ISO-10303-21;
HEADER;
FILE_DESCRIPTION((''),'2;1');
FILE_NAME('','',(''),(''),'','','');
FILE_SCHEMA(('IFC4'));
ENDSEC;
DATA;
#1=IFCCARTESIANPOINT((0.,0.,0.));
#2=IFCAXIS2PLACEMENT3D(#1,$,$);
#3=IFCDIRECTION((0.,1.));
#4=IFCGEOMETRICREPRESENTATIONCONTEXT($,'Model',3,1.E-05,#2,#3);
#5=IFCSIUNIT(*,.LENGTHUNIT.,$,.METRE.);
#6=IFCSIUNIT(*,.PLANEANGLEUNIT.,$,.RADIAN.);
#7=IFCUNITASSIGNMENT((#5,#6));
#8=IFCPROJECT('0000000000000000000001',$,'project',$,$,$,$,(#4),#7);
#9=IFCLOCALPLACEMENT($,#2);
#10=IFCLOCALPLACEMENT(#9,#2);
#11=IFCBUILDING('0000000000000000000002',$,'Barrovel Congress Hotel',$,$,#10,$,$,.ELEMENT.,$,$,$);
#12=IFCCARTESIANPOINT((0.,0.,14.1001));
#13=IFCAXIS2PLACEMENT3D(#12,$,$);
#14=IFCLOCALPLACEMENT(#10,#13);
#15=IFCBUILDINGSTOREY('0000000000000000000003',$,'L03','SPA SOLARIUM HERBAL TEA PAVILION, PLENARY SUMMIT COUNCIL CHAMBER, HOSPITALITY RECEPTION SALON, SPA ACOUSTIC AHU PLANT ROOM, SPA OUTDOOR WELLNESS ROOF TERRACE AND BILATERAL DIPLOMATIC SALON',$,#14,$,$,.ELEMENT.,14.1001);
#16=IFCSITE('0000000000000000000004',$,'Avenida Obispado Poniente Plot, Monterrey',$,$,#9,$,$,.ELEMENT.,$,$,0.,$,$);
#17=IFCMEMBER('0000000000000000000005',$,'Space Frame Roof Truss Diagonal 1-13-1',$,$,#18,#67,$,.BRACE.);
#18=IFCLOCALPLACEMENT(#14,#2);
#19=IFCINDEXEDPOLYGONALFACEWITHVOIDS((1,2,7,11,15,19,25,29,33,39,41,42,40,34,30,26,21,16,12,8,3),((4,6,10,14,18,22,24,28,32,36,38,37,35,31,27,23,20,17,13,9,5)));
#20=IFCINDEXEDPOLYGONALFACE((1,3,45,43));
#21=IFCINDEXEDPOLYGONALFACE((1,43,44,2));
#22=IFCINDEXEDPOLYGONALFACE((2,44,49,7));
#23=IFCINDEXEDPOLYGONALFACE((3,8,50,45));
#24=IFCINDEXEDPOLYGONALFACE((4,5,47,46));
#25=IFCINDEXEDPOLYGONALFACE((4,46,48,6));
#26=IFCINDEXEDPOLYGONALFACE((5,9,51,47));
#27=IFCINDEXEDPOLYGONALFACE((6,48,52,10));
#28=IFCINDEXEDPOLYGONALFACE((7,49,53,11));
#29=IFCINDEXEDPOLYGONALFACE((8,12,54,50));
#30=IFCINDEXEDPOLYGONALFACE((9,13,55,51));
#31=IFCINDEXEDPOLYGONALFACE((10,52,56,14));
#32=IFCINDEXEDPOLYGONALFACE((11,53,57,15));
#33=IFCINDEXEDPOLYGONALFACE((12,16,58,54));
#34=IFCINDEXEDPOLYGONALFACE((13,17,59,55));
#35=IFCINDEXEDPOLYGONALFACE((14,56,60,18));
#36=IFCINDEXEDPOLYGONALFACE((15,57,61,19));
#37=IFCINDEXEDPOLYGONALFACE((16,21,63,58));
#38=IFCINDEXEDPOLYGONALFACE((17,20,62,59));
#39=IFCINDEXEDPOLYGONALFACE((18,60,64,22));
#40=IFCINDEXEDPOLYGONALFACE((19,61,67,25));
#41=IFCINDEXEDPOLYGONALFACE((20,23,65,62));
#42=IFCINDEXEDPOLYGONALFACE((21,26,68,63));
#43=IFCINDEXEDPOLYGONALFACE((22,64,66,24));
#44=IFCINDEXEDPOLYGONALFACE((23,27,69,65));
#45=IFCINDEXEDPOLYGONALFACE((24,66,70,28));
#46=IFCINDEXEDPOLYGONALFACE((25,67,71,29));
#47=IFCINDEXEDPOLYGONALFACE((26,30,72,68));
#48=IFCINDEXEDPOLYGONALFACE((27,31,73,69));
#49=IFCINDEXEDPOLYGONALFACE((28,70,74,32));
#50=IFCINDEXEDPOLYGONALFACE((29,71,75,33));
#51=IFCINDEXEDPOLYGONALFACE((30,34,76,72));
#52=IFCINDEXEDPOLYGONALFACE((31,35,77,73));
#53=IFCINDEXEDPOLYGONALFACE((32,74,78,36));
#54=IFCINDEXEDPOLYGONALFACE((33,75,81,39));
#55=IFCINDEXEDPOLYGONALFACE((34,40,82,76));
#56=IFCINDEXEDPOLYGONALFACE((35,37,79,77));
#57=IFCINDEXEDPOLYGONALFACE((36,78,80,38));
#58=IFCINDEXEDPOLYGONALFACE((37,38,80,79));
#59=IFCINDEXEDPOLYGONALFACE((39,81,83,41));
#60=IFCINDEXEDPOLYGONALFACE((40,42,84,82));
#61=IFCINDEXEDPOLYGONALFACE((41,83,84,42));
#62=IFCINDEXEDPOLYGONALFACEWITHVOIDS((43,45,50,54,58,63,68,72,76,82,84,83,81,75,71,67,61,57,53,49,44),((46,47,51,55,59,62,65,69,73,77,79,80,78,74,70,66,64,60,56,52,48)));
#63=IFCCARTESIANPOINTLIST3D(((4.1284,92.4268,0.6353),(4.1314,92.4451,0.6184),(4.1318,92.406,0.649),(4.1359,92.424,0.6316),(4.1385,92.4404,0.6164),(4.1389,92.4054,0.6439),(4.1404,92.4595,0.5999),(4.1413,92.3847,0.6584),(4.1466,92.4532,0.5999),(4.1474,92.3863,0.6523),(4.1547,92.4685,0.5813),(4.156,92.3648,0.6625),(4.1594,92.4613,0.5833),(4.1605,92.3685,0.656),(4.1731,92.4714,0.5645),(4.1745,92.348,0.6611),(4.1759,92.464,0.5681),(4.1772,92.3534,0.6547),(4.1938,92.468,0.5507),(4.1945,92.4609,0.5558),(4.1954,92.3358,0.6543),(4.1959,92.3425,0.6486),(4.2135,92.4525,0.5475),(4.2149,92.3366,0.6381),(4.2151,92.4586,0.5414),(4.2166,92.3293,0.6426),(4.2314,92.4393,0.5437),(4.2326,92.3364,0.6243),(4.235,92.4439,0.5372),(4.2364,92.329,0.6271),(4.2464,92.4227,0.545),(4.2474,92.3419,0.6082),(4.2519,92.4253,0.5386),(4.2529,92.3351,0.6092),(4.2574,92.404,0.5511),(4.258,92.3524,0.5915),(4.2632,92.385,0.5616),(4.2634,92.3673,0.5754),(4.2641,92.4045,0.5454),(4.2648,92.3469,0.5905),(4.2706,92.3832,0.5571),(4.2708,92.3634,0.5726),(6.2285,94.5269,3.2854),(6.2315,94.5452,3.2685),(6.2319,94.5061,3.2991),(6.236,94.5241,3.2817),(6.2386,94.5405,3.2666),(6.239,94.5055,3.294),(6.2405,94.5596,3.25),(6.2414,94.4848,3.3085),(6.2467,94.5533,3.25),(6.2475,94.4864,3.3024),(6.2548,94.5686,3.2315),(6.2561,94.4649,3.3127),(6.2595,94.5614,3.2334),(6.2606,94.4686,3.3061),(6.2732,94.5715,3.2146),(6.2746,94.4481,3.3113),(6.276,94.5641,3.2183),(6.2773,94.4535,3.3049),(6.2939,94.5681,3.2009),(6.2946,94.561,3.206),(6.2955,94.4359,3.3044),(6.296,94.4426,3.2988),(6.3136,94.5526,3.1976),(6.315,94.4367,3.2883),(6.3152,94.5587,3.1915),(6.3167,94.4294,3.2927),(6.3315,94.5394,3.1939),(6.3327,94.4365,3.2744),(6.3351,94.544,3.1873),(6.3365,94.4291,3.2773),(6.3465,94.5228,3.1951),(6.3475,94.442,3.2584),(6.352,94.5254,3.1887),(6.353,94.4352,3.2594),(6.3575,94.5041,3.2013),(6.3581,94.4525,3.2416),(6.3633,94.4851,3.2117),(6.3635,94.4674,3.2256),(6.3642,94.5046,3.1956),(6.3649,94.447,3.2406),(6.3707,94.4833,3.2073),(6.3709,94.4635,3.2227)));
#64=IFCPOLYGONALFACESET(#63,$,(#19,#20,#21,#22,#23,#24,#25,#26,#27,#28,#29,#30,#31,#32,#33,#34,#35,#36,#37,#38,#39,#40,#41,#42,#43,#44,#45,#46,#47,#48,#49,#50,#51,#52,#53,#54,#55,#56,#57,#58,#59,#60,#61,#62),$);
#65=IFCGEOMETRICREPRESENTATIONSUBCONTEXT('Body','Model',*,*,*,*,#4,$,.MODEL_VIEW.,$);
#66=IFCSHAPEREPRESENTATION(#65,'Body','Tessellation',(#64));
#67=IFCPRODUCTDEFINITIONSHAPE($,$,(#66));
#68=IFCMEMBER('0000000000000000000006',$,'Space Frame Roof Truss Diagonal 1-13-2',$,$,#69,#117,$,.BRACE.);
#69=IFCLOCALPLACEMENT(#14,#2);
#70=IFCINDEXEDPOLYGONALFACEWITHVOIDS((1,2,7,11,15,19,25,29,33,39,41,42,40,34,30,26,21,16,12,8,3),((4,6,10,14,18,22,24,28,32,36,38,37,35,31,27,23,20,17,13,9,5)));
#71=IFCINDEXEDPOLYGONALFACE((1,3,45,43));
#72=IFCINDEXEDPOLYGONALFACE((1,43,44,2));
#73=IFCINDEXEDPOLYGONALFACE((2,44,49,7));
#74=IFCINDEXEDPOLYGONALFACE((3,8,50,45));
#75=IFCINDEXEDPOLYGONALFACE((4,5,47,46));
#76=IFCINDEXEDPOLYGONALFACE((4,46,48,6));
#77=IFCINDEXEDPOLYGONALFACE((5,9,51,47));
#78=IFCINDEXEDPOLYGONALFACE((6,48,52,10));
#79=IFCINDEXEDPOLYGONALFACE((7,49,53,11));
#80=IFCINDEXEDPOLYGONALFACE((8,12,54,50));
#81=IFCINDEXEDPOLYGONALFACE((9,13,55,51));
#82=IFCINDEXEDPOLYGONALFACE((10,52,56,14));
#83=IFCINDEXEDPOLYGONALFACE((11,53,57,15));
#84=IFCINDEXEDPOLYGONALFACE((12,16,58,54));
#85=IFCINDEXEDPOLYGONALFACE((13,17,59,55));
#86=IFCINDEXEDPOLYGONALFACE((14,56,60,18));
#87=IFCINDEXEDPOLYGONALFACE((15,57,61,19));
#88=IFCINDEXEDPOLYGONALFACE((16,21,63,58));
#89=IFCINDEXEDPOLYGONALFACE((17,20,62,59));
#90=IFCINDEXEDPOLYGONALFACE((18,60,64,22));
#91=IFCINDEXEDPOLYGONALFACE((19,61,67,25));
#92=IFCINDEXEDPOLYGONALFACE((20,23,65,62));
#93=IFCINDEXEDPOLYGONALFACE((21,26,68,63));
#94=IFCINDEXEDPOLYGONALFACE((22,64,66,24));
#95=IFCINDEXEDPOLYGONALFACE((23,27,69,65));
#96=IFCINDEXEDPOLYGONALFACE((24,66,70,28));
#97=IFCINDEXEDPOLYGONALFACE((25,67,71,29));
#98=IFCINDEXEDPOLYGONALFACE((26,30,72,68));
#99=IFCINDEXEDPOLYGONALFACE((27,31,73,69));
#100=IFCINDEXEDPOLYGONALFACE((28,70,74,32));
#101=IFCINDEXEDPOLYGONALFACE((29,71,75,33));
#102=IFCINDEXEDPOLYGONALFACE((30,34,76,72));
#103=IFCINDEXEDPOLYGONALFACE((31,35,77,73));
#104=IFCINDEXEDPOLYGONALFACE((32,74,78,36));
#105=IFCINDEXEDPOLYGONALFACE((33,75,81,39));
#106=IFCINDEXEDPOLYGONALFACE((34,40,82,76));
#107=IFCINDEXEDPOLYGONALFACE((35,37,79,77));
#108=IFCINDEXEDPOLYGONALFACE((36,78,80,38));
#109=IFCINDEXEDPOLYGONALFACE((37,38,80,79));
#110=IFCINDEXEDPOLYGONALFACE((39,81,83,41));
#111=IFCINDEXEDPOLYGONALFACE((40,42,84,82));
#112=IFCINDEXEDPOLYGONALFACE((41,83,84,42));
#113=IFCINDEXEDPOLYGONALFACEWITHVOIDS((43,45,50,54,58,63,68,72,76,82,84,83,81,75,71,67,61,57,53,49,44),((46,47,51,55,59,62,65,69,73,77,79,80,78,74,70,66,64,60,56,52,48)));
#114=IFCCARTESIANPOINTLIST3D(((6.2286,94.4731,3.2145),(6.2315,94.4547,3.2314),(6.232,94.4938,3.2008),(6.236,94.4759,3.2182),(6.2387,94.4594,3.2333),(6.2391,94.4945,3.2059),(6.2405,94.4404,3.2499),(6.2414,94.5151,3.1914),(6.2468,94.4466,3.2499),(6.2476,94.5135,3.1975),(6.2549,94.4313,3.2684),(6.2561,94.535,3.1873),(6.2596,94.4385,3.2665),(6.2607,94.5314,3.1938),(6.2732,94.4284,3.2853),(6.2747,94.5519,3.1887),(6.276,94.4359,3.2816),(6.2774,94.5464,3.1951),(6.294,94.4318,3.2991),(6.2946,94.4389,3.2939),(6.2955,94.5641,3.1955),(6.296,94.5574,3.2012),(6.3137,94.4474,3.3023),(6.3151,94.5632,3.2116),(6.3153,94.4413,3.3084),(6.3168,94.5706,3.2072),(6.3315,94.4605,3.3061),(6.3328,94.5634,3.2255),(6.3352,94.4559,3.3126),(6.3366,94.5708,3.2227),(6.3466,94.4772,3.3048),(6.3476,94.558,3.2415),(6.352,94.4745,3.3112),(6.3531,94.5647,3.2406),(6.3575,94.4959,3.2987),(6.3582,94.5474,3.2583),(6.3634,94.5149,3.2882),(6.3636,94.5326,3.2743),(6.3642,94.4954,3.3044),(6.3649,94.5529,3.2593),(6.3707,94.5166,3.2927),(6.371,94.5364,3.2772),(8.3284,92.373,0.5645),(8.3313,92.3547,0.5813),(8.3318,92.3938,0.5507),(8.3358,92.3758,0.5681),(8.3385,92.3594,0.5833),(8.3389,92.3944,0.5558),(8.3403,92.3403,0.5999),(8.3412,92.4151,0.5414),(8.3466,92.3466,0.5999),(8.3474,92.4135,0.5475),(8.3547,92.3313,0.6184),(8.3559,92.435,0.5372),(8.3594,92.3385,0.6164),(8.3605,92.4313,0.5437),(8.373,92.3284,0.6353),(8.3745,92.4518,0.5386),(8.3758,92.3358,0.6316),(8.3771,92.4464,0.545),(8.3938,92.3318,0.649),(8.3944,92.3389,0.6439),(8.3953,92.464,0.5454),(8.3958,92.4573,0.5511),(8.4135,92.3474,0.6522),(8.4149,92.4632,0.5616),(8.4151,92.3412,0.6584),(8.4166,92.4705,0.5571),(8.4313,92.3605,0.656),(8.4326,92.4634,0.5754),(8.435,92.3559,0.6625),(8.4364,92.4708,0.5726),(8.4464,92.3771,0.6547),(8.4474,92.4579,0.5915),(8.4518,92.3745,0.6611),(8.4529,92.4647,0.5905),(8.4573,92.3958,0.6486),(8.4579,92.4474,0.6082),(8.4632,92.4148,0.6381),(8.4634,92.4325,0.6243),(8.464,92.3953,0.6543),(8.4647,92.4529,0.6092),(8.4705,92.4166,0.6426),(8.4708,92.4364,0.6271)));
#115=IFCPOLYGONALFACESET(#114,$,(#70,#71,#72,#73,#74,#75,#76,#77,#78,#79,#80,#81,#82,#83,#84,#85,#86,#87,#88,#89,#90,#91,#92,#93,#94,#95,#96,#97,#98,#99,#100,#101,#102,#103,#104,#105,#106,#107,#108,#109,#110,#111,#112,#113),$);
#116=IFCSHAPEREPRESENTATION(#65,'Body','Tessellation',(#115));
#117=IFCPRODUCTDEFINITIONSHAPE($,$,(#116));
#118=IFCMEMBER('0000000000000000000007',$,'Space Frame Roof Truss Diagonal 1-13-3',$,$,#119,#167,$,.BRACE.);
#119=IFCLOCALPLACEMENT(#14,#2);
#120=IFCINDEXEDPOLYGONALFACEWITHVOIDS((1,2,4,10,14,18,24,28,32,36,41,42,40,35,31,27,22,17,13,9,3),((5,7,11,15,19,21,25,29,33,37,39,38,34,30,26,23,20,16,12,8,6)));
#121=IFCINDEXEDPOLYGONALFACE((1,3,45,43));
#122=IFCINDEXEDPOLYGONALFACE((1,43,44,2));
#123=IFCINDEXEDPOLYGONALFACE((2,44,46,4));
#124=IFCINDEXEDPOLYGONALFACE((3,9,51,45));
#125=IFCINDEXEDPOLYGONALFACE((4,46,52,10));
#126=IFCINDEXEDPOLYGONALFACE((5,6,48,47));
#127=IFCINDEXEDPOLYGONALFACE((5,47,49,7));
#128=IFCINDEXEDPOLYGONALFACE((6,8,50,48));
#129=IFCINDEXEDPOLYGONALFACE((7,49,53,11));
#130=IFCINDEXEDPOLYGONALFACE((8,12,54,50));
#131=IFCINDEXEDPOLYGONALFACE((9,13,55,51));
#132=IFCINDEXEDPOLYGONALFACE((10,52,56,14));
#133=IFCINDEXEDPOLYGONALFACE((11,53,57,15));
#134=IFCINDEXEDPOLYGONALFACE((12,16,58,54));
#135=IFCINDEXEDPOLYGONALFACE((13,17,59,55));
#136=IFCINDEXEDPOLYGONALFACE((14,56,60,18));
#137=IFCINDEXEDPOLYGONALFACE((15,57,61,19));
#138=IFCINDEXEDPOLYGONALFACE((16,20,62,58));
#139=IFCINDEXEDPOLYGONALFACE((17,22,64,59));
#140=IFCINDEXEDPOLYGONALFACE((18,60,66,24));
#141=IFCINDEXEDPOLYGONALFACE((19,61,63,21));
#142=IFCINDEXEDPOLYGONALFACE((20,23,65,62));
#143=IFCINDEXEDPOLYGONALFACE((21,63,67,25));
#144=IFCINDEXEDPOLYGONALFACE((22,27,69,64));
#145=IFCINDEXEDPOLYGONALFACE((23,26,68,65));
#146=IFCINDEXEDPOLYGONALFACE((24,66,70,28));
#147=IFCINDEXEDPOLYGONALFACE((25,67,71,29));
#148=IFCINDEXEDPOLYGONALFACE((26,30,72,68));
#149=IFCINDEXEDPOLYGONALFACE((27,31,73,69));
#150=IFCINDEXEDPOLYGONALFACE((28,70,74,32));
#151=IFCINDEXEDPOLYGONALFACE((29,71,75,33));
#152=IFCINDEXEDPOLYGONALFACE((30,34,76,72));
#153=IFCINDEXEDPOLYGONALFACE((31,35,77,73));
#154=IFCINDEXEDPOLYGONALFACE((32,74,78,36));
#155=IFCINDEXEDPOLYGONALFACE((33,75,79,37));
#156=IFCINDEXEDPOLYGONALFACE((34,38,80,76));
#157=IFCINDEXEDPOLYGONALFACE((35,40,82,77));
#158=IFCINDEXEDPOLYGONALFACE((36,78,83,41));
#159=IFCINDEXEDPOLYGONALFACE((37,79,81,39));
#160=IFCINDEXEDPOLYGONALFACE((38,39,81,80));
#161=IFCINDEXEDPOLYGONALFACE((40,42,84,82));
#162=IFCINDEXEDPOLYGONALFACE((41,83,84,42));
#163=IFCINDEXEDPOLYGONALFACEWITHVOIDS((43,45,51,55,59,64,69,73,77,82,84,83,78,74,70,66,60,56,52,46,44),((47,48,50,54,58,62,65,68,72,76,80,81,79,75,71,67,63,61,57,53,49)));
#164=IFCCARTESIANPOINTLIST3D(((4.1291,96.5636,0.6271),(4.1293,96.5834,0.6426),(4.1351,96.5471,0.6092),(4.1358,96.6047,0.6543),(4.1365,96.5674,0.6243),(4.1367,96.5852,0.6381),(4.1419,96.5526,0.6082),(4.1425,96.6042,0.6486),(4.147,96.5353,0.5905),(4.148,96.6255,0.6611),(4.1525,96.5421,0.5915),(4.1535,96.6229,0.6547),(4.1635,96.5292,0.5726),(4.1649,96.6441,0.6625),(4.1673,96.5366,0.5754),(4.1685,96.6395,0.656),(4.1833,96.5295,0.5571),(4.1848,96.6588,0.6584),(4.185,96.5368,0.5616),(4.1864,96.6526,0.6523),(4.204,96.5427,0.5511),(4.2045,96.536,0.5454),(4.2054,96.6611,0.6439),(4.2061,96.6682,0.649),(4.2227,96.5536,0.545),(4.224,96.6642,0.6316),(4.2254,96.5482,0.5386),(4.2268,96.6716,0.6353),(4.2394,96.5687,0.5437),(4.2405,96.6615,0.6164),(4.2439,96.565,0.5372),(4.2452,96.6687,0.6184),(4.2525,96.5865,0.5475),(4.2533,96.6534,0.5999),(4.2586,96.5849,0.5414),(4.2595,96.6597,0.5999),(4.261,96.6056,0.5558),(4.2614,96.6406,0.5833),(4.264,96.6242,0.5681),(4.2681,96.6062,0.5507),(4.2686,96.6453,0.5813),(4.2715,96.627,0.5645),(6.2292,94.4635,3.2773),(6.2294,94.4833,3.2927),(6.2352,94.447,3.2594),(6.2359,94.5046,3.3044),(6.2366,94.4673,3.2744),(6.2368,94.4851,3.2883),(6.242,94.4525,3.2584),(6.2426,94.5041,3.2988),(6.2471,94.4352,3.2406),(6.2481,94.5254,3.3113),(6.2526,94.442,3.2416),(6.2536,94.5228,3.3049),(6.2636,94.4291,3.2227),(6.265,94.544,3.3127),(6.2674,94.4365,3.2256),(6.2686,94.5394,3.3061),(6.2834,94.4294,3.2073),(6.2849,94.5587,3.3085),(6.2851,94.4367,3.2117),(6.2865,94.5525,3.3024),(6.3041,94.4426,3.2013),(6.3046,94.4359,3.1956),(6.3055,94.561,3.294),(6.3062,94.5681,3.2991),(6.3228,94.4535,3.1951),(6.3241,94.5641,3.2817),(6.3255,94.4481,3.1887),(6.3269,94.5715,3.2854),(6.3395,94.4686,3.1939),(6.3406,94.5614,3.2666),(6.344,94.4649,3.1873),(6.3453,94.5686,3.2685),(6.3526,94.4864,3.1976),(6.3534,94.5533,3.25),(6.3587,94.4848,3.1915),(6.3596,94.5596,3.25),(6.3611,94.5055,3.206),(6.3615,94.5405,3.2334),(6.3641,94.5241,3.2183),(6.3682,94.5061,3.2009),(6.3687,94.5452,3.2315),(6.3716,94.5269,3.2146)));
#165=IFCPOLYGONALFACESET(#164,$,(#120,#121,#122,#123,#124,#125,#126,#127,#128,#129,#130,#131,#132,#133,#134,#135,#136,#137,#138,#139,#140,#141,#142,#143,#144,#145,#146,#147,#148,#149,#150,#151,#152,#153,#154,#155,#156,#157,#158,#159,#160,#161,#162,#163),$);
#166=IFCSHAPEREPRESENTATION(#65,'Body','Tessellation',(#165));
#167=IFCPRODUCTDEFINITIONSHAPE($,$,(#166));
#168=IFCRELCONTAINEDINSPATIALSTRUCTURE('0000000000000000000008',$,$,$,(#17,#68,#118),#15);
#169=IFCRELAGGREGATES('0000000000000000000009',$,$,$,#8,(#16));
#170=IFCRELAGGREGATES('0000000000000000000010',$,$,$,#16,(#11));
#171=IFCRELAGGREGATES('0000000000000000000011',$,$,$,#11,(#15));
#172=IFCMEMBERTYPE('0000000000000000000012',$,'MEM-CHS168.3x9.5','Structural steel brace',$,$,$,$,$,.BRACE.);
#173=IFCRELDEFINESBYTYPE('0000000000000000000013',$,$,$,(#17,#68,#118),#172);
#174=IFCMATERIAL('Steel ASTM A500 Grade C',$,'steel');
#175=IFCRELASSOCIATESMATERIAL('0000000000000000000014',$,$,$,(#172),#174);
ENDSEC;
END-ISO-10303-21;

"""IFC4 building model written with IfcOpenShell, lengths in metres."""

from ifc_helpers import new_model, si_unit, direction, frame, origin, origin_2d, place, context, subcontext, project, spatial, hollow_circle, extrude, material, material_profile, profile_set, type_object, element, save


model = new_model("IFC4")

# Units and contexts
model_context = context("Model", 3, precision=1e-05, world=origin(), true_north=direction((0.0, 1.0)))
body_context = subcontext(model_context, "Body", "Model", "MODEL_VIEW")
ifc_project = project(units=[si_unit("LENGTHUNIT", "METRE"), si_unit("PLANEANGLEUNIT", "RADIAN")], contexts=[model_context])

# Site, building, storey
site_placement = place(None, origin())
site = spatial("IfcSite", under=ifc_project, at=site_placement, Name="Avenida Obispado Poniente Plot, Monterrey", CompositionType="ELEMENT", RefElevation=0.0)
building_placement = place(site_placement, origin())
building = spatial("IfcBuilding", under=site, at=building_placement, Name="Barrovel Congress Hotel", CompositionType="ELEMENT")
storey_placement = place(building_placement, frame((0.0, 0.0, 14.1001)))
storey = spatial("IfcBuildingStorey", under=building, at=storey_placement, Name="L03", Description="SPA SOLARIUM HERBAL TEA PAVILION, PLENARY SUMMIT COUNCIL CHAMBER, HOSPITALITY RECEPTION SALON, SPA ACOUSTIC AHU PLANT ROOM, SPA OUTDOOR WELLNESS ROOF TERRACE AND BILATERAL DIPLOMATIC SALON", CompositionType="ELEMENT", Elevation=14.1001)

# Members
ifc_material_1 = material(Name="Steel ASTM A500 Grade C", Category="steel")
ifc_material_profile_1 = material_profile(ifc_material_1, hollow_circle(Radius=0.0842, WallThickness=0.0088, at=origin_2d()), Name="CHS168.3x9.5")
ifc_profile_set_1 = profile_set([ifc_material_profile_1], Name="Steel ASTM A500 Grade C")
member_type_1 = type_object("IfcMemberType", Name="MEM-CHS168.3x9.5", Description="Structural steel brace", PredefinedType="BRACE", material=ifc_profile_set_1)
member_1_placement = place(storey_placement, frame((4.2, 92.3999, 0.5999), z_axis=(0.527601, 0.527601, 0.665788), x_axis=(-0.707107, 0.707107, 0.0)))
element("IfcMember", 1, at=member_1_placement, inside=storey, type_object=member_type_1, Name="Space Frame Roof Truss Diagonal 1-13-1", PredefinedType="BRACE", context=body_context, shape_type="SweptSolid", body=[
    extrude(hollow_circle(Radius=0.0842, WallThickness=0.0088, at=origin_2d()), origin(), (0.0, 0.0, 1.0), 3.9805),
])
member_2_placement = place(storey_placement, frame((8.3999, 92.3999, 0.5999), z_axis=(-0.527557, 0.527618, 0.66581), x_axis=(-0.707148, -0.707066, 0.0)))
element("IfcMember", 2, at=member_2_placement, inside=storey, type_object=member_type_1, Name="Space Frame Roof Truss Diagonal 1-13-2", PredefinedType="BRACE", context=body_context, shape_type="SweptSolid", body=[
    extrude(hollow_circle(Radius=0.0842, WallThickness=0.0088, at=origin_2d()), origin(), (0.0, 0.0, 1.0), 3.9802),
])
for number, where, z_axis, x_axis, name in (
    (3, (4.2, 96.6001, 0.5999), (0.527601, -0.527601, 0.665788), (0.707107, 0.707107, 0.0), "Space Frame Roof Truss Diagonal 1-13-3"),
):
    element("IfcMember", number, at=place(storey_placement, frame(where, z_axis=z_axis, x_axis=x_axis)), inside=storey, type_object=member_type_1, Name=name, PredefinedType="BRACE", context=body_context, shape_type="SweptSolid", body=[
        extrude(hollow_circle(Radius=0.0842, WallThickness=0.0088, at=origin_2d()), origin(), (0.0, 0.0, 1.0), 3.9805),
    ])

save(model, "model.ifc")
